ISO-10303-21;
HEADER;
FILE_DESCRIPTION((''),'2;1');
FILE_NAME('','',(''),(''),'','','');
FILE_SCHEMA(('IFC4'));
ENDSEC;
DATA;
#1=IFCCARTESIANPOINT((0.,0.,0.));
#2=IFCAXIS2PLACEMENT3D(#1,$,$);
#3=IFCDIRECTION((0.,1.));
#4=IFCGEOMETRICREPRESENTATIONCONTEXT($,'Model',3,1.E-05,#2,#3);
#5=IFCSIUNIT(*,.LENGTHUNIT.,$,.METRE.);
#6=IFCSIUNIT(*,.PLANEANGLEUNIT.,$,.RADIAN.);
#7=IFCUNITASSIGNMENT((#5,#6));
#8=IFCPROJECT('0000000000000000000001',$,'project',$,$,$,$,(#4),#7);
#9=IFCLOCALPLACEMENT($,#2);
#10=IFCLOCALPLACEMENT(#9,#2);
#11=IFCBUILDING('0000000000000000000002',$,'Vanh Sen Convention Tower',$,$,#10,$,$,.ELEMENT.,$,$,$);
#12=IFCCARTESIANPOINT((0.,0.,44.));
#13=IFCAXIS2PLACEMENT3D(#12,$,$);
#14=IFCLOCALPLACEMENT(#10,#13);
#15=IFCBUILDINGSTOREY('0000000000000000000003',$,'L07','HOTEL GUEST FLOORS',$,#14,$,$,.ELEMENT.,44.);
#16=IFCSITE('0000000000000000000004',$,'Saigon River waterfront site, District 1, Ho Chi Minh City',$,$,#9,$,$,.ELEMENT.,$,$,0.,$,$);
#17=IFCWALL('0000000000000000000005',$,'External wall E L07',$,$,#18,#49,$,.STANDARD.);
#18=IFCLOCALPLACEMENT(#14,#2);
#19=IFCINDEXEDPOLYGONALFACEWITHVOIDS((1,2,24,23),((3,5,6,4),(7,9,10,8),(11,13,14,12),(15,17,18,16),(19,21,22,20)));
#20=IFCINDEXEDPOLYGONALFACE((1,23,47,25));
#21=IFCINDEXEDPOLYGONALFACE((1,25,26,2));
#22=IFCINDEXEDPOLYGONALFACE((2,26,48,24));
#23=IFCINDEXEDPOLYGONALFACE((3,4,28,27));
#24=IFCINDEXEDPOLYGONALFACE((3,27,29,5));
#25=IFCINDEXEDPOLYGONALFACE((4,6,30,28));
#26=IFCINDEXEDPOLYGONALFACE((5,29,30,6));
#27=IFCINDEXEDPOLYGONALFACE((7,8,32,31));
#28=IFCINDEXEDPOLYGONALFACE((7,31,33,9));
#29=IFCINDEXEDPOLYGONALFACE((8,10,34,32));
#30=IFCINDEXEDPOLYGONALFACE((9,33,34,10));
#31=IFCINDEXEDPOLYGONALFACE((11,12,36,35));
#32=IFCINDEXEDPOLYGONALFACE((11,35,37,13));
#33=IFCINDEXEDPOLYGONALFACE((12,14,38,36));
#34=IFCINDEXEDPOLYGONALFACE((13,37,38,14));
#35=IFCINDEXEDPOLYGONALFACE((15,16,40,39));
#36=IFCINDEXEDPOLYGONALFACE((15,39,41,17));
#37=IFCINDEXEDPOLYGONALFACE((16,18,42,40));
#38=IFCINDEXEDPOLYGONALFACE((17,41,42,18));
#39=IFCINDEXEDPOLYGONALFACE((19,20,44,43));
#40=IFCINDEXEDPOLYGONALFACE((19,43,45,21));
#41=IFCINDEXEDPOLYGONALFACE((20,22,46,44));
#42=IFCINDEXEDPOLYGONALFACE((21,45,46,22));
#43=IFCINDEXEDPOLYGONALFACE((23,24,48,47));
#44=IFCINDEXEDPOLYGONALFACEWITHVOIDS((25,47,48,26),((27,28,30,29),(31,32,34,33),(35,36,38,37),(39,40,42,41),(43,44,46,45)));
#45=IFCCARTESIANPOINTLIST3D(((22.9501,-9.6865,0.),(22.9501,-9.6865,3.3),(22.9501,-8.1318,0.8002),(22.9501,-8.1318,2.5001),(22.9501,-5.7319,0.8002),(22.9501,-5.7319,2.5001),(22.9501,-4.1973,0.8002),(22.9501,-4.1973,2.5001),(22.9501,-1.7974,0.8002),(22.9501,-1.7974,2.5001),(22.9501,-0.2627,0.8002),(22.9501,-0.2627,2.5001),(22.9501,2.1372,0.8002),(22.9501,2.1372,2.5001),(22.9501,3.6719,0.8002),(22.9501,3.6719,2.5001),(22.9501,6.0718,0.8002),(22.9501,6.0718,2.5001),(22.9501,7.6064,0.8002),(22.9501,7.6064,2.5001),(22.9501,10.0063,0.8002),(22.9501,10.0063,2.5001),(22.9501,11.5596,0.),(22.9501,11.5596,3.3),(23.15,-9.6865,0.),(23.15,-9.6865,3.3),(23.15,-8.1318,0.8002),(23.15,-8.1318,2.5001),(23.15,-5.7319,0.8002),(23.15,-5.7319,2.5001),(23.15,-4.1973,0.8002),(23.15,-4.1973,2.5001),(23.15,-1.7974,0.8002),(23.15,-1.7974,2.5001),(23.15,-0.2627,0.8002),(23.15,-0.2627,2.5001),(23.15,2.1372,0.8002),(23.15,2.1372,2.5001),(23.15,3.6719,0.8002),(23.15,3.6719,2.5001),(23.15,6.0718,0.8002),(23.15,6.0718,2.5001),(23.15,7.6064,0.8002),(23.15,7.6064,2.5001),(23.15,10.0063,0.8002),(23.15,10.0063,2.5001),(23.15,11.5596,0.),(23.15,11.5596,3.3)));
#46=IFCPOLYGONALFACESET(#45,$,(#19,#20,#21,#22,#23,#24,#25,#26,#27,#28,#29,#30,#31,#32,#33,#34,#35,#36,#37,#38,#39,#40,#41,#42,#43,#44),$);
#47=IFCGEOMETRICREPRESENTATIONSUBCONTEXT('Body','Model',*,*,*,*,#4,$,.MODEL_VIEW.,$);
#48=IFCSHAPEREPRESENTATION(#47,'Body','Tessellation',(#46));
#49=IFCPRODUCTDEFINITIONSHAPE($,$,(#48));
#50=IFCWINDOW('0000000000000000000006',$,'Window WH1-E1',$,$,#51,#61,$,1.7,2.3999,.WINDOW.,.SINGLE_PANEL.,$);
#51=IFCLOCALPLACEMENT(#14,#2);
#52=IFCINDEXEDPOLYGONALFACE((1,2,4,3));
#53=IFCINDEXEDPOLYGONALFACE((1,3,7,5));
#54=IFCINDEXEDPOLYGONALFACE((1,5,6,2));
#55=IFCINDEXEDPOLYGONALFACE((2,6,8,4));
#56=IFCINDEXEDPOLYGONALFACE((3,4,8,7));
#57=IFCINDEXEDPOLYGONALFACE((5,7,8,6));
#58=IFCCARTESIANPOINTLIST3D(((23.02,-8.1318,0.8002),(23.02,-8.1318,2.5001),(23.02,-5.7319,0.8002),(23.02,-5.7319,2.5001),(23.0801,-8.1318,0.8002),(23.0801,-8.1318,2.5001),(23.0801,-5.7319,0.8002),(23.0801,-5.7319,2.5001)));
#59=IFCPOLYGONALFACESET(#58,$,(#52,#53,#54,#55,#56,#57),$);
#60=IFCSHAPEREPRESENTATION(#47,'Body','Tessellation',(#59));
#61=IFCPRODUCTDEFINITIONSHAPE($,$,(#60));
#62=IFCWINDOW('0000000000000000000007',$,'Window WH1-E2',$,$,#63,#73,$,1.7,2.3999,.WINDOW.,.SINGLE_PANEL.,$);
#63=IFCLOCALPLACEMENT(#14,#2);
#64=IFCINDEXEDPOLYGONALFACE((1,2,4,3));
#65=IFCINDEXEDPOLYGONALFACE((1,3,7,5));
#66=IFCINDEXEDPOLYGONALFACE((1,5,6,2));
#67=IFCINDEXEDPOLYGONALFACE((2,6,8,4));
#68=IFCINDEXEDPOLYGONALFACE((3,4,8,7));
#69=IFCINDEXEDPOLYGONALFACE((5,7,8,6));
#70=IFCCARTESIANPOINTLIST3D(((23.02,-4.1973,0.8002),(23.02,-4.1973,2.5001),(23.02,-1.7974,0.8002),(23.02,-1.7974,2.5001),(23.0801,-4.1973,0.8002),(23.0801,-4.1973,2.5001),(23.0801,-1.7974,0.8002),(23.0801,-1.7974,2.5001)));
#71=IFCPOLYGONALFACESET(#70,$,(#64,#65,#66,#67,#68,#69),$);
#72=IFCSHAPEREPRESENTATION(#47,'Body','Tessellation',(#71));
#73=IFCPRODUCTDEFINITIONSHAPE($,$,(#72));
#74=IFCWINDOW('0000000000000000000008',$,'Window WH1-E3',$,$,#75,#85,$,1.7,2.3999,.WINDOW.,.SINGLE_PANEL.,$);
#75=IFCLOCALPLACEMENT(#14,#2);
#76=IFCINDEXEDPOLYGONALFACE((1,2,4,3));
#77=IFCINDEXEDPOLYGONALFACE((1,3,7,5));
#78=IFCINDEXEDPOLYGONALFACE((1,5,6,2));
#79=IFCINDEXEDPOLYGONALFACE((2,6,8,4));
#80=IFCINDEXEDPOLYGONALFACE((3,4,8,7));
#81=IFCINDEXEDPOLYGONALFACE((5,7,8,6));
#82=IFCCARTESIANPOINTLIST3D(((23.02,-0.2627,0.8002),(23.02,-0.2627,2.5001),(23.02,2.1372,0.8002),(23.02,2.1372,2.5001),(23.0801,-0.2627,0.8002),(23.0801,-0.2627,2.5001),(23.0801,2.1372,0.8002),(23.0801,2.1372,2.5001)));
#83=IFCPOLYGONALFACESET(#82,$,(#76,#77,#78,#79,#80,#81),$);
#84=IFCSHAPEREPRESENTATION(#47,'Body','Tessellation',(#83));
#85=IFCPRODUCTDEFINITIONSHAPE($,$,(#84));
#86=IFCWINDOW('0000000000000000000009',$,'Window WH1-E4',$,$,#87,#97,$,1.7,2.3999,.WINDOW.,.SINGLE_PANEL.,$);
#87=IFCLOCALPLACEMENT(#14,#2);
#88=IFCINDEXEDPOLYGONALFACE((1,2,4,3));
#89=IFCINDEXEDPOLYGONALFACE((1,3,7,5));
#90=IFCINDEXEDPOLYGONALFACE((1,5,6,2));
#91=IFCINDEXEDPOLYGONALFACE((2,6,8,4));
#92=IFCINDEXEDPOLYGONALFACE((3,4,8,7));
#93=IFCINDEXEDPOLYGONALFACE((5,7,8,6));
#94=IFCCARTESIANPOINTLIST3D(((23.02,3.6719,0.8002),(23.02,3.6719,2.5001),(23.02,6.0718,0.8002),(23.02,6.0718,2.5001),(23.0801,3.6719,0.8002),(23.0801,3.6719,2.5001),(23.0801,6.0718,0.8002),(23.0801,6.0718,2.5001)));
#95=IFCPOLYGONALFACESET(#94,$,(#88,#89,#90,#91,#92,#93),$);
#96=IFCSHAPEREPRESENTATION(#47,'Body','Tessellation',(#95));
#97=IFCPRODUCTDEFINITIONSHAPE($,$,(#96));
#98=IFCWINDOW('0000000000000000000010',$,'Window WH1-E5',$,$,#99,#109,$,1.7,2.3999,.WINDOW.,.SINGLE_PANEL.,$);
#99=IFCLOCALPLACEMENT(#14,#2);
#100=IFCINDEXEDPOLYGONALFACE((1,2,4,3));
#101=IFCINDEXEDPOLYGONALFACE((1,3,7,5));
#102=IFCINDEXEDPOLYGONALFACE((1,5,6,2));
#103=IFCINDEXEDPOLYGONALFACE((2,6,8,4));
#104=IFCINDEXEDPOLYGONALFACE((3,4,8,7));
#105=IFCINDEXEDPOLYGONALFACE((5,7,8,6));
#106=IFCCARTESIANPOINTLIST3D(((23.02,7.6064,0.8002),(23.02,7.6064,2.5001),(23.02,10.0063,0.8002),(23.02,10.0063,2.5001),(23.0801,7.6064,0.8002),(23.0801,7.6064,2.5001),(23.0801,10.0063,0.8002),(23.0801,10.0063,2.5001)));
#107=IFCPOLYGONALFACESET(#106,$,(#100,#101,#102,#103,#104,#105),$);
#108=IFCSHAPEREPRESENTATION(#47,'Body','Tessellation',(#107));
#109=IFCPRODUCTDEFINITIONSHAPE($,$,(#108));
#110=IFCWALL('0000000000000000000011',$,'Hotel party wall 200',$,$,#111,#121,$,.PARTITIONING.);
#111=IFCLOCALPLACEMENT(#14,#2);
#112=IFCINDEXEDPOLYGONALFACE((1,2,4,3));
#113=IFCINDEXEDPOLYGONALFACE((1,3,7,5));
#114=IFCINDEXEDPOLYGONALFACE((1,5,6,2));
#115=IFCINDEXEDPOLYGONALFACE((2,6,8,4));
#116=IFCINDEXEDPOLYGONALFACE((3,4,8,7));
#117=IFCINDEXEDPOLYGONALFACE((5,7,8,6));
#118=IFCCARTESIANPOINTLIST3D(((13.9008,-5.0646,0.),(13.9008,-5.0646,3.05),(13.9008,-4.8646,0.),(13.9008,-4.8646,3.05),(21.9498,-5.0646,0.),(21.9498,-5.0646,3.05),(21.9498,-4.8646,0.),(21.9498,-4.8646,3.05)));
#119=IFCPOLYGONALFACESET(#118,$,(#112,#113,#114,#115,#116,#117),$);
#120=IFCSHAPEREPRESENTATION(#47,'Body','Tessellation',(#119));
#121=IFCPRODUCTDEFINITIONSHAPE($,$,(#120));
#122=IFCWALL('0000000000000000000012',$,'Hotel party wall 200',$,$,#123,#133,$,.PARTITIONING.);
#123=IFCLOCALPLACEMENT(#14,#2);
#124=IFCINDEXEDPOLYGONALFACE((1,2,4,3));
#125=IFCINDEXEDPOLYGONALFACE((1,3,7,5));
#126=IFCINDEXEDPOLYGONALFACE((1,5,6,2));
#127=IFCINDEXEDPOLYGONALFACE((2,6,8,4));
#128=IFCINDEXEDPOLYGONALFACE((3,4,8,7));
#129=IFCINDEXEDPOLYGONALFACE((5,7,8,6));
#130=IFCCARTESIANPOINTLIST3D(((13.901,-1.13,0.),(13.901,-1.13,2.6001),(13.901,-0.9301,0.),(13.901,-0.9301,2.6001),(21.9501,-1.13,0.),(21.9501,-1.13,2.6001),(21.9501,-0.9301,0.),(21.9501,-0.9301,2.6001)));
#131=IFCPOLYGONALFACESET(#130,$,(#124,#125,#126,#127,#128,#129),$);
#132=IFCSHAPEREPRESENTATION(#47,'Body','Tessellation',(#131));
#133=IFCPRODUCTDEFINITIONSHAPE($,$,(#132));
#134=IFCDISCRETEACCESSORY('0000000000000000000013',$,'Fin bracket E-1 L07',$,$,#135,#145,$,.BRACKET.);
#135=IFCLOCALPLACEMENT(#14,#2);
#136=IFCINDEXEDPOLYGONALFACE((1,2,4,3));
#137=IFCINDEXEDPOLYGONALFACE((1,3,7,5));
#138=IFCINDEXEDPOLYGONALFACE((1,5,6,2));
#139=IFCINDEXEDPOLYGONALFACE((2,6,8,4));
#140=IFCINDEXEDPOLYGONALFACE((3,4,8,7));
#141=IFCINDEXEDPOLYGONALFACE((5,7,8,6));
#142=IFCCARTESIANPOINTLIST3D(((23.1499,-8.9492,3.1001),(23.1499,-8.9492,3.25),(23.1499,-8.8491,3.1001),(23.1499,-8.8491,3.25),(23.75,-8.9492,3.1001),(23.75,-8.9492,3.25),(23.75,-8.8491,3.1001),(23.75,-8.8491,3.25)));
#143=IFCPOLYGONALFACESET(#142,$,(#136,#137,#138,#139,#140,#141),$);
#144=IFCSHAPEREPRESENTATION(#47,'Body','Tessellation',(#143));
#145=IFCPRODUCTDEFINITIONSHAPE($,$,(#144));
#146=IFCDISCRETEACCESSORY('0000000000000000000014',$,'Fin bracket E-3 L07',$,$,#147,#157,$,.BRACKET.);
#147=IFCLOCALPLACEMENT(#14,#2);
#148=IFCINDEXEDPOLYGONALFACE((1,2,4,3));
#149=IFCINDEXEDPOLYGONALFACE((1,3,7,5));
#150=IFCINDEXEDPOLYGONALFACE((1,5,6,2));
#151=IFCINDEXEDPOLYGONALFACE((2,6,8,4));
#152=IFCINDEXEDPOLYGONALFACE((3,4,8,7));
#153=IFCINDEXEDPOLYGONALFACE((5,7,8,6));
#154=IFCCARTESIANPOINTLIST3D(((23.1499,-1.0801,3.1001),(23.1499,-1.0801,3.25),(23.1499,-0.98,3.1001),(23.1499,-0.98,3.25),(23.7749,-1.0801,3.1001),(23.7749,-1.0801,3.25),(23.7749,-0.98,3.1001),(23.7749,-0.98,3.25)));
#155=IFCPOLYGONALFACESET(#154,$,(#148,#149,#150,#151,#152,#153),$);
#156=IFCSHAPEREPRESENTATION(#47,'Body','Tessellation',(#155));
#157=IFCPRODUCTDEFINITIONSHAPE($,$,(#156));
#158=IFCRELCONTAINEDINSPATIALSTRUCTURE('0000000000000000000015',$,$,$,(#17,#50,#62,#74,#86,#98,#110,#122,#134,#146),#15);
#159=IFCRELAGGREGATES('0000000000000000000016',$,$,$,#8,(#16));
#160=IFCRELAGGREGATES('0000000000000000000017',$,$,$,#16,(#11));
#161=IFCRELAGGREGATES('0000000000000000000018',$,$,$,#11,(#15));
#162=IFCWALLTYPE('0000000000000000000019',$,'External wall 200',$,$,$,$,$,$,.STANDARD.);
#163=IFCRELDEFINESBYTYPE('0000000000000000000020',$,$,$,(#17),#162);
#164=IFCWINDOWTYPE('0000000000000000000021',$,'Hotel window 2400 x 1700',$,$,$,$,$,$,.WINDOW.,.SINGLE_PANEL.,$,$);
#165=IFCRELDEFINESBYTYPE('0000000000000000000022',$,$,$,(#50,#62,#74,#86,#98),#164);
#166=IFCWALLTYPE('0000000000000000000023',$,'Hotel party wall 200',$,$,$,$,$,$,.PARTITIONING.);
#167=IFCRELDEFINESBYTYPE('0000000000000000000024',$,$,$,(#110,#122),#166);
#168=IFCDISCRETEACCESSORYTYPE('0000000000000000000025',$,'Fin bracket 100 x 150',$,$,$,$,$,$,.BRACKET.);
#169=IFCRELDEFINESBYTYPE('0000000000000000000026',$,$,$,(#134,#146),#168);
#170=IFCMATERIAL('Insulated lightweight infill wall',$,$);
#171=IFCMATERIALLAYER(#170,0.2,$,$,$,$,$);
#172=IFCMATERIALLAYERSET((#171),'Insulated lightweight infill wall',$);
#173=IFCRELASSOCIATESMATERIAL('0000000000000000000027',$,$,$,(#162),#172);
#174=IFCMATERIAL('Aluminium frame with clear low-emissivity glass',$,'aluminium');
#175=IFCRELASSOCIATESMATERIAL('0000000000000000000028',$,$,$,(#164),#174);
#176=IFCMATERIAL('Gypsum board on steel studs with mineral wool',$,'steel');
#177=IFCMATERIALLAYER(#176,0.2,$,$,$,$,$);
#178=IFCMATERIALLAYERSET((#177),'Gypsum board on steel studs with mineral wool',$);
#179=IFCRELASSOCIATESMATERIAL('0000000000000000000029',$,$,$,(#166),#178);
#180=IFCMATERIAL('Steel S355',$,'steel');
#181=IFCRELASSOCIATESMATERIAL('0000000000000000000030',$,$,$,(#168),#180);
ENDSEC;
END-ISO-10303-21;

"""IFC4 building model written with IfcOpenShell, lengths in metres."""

from ifc_helpers import new_model, si_unit, direction, frame, frame_2d, origin, origin_2d, place, context, subcontext, project, spatial, rectangle, extrude, material, layer, layer_set, type_object, element, fill, save


model = new_model("IFC4")

# Units and contexts
model_context = context("Model", 3, precision=1e-05, world=origin(), true_north=direction((0.0, 1.0)))
body_context = subcontext(model_context, "Body", "Model", "MODEL_VIEW")
ifc_project = project(units=[si_unit("LENGTHUNIT", "METRE"), si_unit("PLANEANGLEUNIT", "RADIAN")], contexts=[model_context])

# Site, building, storey
site_placement = place(None, origin())
site = spatial("IfcSite", under=ifc_project, at=site_placement, Name="Saigon River waterfront site, District 1, Ho Chi Minh City", CompositionType="ELEMENT", RefElevation=0.0)
building_placement = place(site_placement, origin())
building = spatial("IfcBuilding", under=site, at=building_placement, Name="Vanh Sen Convention Tower", CompositionType="ELEMENT")
storey_placement = place(building_placement, frame((0.0, 0.0, 44.0)))
storey = spatial("IfcBuildingStorey", under=building, at=storey_placement, Name="L07", Description="HOTEL GUEST FLOORS", CompositionType="ELEMENT", Elevation=44.0)

# Wall, openings, windows
ifc_material_1 = material(Name="Insulated lightweight infill wall")
ifc_layer_1 = layer(ifc_material_1, 0.2)
ifc_layer_set_1 = layer_set([ifc_layer_1], Name="Insulated lightweight infill wall")
wall_type_1 = type_object("IfcWallType", Name="External wall 200", PredefinedType="STANDARD", material=ifc_layer_set_1)
wall_1_placement = place(storey_placement, frame((23.05, -9.6865, 0.0), z_axis=(0.0, 0.0, 1.0), x_axis=(0.0, 1.0, 0.0)))
wall_1 = element("IfcWall", 1, at=wall_1_placement, inside=storey, type_object=wall_type_1, Name="External wall E L07", PredefinedType="STANDARD", context=body_context, shape_type="SweptSolid", body=[
    extrude(rectangle(XDim=21.2461, YDim=0.2, at=frame_2d((10.623, 0.0))), origin(), (0.0, 0.0, 1.0), 3.3),
])
opening_1_placement = place(wall_1_placement, frame((1.5547, 0.0, 0.8)))
opening_1 = element("IfcOpeningElement", 2, at=opening_1_placement, cuts=wall_1, PredefinedType="OPENING", context=body_context, shape_type="SweptSolid", body=[
    extrude(rectangle(XDim=2.3999, YDim=1.7, at=frame_2d((1.2, 0.8501))), frame((0.0, 0.1099, 0.0), z_axis=(0.0, -1.0, 0.0), x_axis=(1.0, 0.0, 0.0)), (0.0, 0.0, 1.0), 0.22),
])
opening_2_placement = place(wall_1_placement, frame((5.4893, 0.0, 0.8)))
opening_2 = element("IfcOpeningElement", 3, at=opening_2_placement, cuts=wall_1, PredefinedType="OPENING", context=body_context, shape_type="SweptSolid", body=[
    extrude(rectangle(XDim=2.3999, YDim=1.7, at=frame_2d((1.2, 0.8501))), frame((0.0, 0.1099, 0.0), z_axis=(0.0, -1.0, 0.0), x_axis=(1.0, 0.0, 0.0)), (0.0, 0.0, 1.0), 0.22),
])
opening_3_placement = place(wall_1_placement, frame((9.4238, 0.0, 0.8)))
opening_3 = element("IfcOpeningElement", 4, at=opening_3_placement, cuts=wall_1, PredefinedType="OPENING", context=body_context, shape_type="SweptSolid", body=[
    extrude(rectangle(XDim=2.3999, YDim=1.7, at=frame_2d((1.2, 0.8501))), frame((0.0, 0.1099, 0.0), z_axis=(0.0, -1.0, 0.0), x_axis=(1.0, 0.0, 0.0)), (0.0, 0.0, 1.0), 0.22),
])
opening_4_placement = place(wall_1_placement, frame((13.3584, 0.0, 0.8)))
opening_4 = element("IfcOpeningElement", 5, at=opening_4_placement, cuts=wall_1, PredefinedType="OPENING", context=body_context, shape_type="SweptSolid", body=[
    extrude(rectangle(XDim=2.3999, YDim=1.7, at=frame_2d((1.2, 0.8501))), frame((0.0, 0.1099, 0.0), z_axis=(0.0, -1.0, 0.0), x_axis=(1.0, 0.0, 0.0)), (0.0, 0.0, 1.0), 0.22),
])
opening_5_placement = place(wall_1_placement, frame((17.293, 0.0, 0.8)))
opening_5 = element("IfcOpeningElement", 6, at=opening_5_placement, cuts=wall_1, PredefinedType="OPENING", context=body_context, shape_type="SweptSolid", body=[
    extrude(rectangle(XDim=2.3999, YDim=1.7, at=frame_2d((1.2, 0.8501))), frame((0.0, 0.1099, 0.0), z_axis=(0.0, -1.0, 0.0), x_axis=(1.0, 0.0, 0.0)), (0.0, 0.0, 1.0), 0.22),
])
ifc_material_2 = material(Name="Aluminium frame with clear low-emissivity glass", Category="aluminium")
window_type = type_object("IfcWindowType", Name="Hotel window 2400 x 1700", PartitioningType="SINGLE_PANEL", PredefinedType="WINDOW", material=ifc_material_2)
window_1_placement = place(opening_1_placement, origin())
window_1 = element("IfcWindow", 7, at=window_1_placement, inside=storey, type_object=window_type, Name="Window WH1-E1", OverallHeight=1.7, OverallWidth=2.3999, PartitioningType="SINGLE_PANEL", PredefinedType="WINDOW", context=body_context, shape_type="SweptSolid", body=[
    extrude(rectangle(XDim=2.3999, YDim=1.7, at=frame_2d((1.2, 0.8501))), frame((0.0, 0.03, 0.0), z_axis=(0.0, -1.0, 0.0), x_axis=(1.0, 0.0, 0.0)), (0.0, 0.0, 1.0), 0.0601),
])
fill(opening_1, window_1)
window_2_placement = place(opening_2_placement, origin())
window_2 = element("IfcWindow", 8, at=window_2_placement, inside=storey, type_object=window_type, Name="Window WH1-E2", OverallHeight=1.7, OverallWidth=2.3999, PartitioningType="SINGLE_PANEL", PredefinedType="WINDOW", context=body_context, shape_type="SweptSolid", body=[
    extrude(rectangle(XDim=2.3999, YDim=1.7, at=frame_2d((1.2, 0.8501))), frame((0.0, 0.03, 0.0), z_axis=(0.0, -1.0, 0.0), x_axis=(1.0, 0.0, 0.0)), (0.0, 0.0, 1.0), 0.0601),
])
fill(opening_2, window_2)
window_3_placement = place(opening_3_placement, origin())
window_3 = element("IfcWindow", 9, at=window_3_placement, inside=storey, type_object=window_type, Name="Window WH1-E3", OverallHeight=1.7, OverallWidth=2.3999, PartitioningType="SINGLE_PANEL", PredefinedType="WINDOW", context=body_context, shape_type="SweptSolid", body=[
    extrude(rectangle(XDim=2.3999, YDim=1.7, at=frame_2d((1.2, 0.8501))), frame((0.0, 0.03, 0.0), z_axis=(0.0, -1.0, 0.0), x_axis=(1.0, 0.0, 0.0)), (0.0, 0.0, 1.0), 0.0601),
])
fill(opening_3, window_3)
window_4_placement = place(opening_4_placement, origin())
window_4 = element("IfcWindow", 10, at=window_4_placement, inside=storey, type_object=window_type, Name="Window WH1-E4", OverallHeight=1.7, OverallWidth=2.3999, PartitioningType="SINGLE_PANEL", PredefinedType="WINDOW", context=body_context, shape_type="SweptSolid", body=[
    extrude(rectangle(XDim=2.3999, YDim=1.7, at=frame_2d((1.2, 0.8501))), frame((0.0, 0.03, 0.0), z_axis=(0.0, -1.0, 0.0), x_axis=(1.0, 0.0, 0.0)), (0.0, 0.0, 1.0), 0.0601),
])
fill(opening_4, window_4)
window_5_placement = place(opening_5_placement, origin())
window_5 = element("IfcWindow", 11, at=window_5_placement, inside=storey, type_object=window_type, Name="Window WH1-E5", OverallHeight=1.7, OverallWidth=2.3999, PartitioningType="SINGLE_PANEL", PredefinedType="WINDOW", context=body_context, shape_type="SweptSolid", body=[
    extrude(rectangle(XDim=2.3999, YDim=1.7, at=frame_2d((1.2, 0.8501))), frame((0.0, 0.03, 0.0), z_axis=(0.0, -1.0, 0.0), x_axis=(1.0, 0.0, 0.0)), (0.0, 0.0, 1.0), 0.0601),
])
fill(opening_5, window_5)

# Walls
ifc_material_3 = material(Name="Gypsum board on steel studs with mineral wool", Category="steel")
ifc_layer_2 = layer(ifc_material_3, 0.2)
ifc_layer_set_2 = layer_set([ifc_layer_2], Name="Gypsum board on steel studs with mineral wool")
wall_type_2 = type_object("IfcWallType", Name="Hotel party wall 200", PredefinedType="PARTITIONING", material=ifc_layer_set_2)
wall_2_placement = place(storey_placement, frame((13.9009, -4.9646, 0.0), z_axis=(0.0, 0.0, 1.0), x_axis=(1.0, 0.0, 0.0)))
element("IfcWall", 12, at=wall_2_placement, inside=storey, type_object=wall_type_2, Name="Hotel party wall 200", PredefinedType="PARTITIONING", context=body_context, shape_type="SweptSolid", body=[
    extrude(rectangle(XDim=8.0491, YDim=0.2, at=frame_2d((4.0244, 0.0))), origin(), (0.0, 0.0, 1.0), 3.05),
])
wall_3_placement = place(storey_placement, frame((21.95, -1.03, 0.0), z_axis=(0.0, 0.0, 1.0), x_axis=(-1.0, 0.0, 0.0)))
element("IfcWall", 13, at=wall_3_placement, inside=storey, type_object=wall_type_2, Name="Hotel party wall 200", PredefinedType="PARTITIONING", context=body_context, shape_type="SweptSolid", body=[
    extrude(rectangle(XDim=8.0491, YDim=0.2, at=frame_2d((4.0244, 0.0))), origin(), (0.0, 0.0, 1.0), 2.6001),
])

# Discrete accessories
ifc_material_4 = material(Name="Steel S355", Category="steel")
discrete_accessory_type = type_object("IfcDiscreteAccessoryType", Name="Fin bracket 100 x 150", PredefinedType="BRACKET", material=ifc_material_4)
discrete_accessory_1_placement = place(storey_placement, frame((23.45, -8.8992, 3.1001), z_axis=(0.0, 0.0, 1.0), x_axis=(1.0, 0.0, 0.0)))
element("IfcDiscreteAccessory", 14, at=discrete_accessory_1_placement, inside=storey, type_object=discrete_accessory_type, Name="Fin bracket E-1 L07", PredefinedType="BRACKET", context=body_context, shape_type="SweptSolid", body=[
    extrude(rectangle(XDim=0.6001, YDim=0.1001, at=origin_2d()), origin(), (0.0, 0.0, 1.0), 0.1499),
])
discrete_accessory_2_placement = place(storey_placement, frame((23.4624, -1.03, 3.1001), z_axis=(0.0, 0.0, 1.0), x_axis=(1.0, 0.0, 0.0)))
element("IfcDiscreteAccessory", 15, at=discrete_accessory_2_placement, inside=storey, type_object=discrete_accessory_type, Name="Fin bracket E-3 L07", PredefinedType="BRACKET", context=body_context, shape_type="SweptSolid", body=[
    extrude(rectangle(XDim=0.625, YDim=0.1001, at=origin_2d()), origin(), (0.0, 0.0, 1.0), 0.1499),
])

save(model, "model.ifc")
